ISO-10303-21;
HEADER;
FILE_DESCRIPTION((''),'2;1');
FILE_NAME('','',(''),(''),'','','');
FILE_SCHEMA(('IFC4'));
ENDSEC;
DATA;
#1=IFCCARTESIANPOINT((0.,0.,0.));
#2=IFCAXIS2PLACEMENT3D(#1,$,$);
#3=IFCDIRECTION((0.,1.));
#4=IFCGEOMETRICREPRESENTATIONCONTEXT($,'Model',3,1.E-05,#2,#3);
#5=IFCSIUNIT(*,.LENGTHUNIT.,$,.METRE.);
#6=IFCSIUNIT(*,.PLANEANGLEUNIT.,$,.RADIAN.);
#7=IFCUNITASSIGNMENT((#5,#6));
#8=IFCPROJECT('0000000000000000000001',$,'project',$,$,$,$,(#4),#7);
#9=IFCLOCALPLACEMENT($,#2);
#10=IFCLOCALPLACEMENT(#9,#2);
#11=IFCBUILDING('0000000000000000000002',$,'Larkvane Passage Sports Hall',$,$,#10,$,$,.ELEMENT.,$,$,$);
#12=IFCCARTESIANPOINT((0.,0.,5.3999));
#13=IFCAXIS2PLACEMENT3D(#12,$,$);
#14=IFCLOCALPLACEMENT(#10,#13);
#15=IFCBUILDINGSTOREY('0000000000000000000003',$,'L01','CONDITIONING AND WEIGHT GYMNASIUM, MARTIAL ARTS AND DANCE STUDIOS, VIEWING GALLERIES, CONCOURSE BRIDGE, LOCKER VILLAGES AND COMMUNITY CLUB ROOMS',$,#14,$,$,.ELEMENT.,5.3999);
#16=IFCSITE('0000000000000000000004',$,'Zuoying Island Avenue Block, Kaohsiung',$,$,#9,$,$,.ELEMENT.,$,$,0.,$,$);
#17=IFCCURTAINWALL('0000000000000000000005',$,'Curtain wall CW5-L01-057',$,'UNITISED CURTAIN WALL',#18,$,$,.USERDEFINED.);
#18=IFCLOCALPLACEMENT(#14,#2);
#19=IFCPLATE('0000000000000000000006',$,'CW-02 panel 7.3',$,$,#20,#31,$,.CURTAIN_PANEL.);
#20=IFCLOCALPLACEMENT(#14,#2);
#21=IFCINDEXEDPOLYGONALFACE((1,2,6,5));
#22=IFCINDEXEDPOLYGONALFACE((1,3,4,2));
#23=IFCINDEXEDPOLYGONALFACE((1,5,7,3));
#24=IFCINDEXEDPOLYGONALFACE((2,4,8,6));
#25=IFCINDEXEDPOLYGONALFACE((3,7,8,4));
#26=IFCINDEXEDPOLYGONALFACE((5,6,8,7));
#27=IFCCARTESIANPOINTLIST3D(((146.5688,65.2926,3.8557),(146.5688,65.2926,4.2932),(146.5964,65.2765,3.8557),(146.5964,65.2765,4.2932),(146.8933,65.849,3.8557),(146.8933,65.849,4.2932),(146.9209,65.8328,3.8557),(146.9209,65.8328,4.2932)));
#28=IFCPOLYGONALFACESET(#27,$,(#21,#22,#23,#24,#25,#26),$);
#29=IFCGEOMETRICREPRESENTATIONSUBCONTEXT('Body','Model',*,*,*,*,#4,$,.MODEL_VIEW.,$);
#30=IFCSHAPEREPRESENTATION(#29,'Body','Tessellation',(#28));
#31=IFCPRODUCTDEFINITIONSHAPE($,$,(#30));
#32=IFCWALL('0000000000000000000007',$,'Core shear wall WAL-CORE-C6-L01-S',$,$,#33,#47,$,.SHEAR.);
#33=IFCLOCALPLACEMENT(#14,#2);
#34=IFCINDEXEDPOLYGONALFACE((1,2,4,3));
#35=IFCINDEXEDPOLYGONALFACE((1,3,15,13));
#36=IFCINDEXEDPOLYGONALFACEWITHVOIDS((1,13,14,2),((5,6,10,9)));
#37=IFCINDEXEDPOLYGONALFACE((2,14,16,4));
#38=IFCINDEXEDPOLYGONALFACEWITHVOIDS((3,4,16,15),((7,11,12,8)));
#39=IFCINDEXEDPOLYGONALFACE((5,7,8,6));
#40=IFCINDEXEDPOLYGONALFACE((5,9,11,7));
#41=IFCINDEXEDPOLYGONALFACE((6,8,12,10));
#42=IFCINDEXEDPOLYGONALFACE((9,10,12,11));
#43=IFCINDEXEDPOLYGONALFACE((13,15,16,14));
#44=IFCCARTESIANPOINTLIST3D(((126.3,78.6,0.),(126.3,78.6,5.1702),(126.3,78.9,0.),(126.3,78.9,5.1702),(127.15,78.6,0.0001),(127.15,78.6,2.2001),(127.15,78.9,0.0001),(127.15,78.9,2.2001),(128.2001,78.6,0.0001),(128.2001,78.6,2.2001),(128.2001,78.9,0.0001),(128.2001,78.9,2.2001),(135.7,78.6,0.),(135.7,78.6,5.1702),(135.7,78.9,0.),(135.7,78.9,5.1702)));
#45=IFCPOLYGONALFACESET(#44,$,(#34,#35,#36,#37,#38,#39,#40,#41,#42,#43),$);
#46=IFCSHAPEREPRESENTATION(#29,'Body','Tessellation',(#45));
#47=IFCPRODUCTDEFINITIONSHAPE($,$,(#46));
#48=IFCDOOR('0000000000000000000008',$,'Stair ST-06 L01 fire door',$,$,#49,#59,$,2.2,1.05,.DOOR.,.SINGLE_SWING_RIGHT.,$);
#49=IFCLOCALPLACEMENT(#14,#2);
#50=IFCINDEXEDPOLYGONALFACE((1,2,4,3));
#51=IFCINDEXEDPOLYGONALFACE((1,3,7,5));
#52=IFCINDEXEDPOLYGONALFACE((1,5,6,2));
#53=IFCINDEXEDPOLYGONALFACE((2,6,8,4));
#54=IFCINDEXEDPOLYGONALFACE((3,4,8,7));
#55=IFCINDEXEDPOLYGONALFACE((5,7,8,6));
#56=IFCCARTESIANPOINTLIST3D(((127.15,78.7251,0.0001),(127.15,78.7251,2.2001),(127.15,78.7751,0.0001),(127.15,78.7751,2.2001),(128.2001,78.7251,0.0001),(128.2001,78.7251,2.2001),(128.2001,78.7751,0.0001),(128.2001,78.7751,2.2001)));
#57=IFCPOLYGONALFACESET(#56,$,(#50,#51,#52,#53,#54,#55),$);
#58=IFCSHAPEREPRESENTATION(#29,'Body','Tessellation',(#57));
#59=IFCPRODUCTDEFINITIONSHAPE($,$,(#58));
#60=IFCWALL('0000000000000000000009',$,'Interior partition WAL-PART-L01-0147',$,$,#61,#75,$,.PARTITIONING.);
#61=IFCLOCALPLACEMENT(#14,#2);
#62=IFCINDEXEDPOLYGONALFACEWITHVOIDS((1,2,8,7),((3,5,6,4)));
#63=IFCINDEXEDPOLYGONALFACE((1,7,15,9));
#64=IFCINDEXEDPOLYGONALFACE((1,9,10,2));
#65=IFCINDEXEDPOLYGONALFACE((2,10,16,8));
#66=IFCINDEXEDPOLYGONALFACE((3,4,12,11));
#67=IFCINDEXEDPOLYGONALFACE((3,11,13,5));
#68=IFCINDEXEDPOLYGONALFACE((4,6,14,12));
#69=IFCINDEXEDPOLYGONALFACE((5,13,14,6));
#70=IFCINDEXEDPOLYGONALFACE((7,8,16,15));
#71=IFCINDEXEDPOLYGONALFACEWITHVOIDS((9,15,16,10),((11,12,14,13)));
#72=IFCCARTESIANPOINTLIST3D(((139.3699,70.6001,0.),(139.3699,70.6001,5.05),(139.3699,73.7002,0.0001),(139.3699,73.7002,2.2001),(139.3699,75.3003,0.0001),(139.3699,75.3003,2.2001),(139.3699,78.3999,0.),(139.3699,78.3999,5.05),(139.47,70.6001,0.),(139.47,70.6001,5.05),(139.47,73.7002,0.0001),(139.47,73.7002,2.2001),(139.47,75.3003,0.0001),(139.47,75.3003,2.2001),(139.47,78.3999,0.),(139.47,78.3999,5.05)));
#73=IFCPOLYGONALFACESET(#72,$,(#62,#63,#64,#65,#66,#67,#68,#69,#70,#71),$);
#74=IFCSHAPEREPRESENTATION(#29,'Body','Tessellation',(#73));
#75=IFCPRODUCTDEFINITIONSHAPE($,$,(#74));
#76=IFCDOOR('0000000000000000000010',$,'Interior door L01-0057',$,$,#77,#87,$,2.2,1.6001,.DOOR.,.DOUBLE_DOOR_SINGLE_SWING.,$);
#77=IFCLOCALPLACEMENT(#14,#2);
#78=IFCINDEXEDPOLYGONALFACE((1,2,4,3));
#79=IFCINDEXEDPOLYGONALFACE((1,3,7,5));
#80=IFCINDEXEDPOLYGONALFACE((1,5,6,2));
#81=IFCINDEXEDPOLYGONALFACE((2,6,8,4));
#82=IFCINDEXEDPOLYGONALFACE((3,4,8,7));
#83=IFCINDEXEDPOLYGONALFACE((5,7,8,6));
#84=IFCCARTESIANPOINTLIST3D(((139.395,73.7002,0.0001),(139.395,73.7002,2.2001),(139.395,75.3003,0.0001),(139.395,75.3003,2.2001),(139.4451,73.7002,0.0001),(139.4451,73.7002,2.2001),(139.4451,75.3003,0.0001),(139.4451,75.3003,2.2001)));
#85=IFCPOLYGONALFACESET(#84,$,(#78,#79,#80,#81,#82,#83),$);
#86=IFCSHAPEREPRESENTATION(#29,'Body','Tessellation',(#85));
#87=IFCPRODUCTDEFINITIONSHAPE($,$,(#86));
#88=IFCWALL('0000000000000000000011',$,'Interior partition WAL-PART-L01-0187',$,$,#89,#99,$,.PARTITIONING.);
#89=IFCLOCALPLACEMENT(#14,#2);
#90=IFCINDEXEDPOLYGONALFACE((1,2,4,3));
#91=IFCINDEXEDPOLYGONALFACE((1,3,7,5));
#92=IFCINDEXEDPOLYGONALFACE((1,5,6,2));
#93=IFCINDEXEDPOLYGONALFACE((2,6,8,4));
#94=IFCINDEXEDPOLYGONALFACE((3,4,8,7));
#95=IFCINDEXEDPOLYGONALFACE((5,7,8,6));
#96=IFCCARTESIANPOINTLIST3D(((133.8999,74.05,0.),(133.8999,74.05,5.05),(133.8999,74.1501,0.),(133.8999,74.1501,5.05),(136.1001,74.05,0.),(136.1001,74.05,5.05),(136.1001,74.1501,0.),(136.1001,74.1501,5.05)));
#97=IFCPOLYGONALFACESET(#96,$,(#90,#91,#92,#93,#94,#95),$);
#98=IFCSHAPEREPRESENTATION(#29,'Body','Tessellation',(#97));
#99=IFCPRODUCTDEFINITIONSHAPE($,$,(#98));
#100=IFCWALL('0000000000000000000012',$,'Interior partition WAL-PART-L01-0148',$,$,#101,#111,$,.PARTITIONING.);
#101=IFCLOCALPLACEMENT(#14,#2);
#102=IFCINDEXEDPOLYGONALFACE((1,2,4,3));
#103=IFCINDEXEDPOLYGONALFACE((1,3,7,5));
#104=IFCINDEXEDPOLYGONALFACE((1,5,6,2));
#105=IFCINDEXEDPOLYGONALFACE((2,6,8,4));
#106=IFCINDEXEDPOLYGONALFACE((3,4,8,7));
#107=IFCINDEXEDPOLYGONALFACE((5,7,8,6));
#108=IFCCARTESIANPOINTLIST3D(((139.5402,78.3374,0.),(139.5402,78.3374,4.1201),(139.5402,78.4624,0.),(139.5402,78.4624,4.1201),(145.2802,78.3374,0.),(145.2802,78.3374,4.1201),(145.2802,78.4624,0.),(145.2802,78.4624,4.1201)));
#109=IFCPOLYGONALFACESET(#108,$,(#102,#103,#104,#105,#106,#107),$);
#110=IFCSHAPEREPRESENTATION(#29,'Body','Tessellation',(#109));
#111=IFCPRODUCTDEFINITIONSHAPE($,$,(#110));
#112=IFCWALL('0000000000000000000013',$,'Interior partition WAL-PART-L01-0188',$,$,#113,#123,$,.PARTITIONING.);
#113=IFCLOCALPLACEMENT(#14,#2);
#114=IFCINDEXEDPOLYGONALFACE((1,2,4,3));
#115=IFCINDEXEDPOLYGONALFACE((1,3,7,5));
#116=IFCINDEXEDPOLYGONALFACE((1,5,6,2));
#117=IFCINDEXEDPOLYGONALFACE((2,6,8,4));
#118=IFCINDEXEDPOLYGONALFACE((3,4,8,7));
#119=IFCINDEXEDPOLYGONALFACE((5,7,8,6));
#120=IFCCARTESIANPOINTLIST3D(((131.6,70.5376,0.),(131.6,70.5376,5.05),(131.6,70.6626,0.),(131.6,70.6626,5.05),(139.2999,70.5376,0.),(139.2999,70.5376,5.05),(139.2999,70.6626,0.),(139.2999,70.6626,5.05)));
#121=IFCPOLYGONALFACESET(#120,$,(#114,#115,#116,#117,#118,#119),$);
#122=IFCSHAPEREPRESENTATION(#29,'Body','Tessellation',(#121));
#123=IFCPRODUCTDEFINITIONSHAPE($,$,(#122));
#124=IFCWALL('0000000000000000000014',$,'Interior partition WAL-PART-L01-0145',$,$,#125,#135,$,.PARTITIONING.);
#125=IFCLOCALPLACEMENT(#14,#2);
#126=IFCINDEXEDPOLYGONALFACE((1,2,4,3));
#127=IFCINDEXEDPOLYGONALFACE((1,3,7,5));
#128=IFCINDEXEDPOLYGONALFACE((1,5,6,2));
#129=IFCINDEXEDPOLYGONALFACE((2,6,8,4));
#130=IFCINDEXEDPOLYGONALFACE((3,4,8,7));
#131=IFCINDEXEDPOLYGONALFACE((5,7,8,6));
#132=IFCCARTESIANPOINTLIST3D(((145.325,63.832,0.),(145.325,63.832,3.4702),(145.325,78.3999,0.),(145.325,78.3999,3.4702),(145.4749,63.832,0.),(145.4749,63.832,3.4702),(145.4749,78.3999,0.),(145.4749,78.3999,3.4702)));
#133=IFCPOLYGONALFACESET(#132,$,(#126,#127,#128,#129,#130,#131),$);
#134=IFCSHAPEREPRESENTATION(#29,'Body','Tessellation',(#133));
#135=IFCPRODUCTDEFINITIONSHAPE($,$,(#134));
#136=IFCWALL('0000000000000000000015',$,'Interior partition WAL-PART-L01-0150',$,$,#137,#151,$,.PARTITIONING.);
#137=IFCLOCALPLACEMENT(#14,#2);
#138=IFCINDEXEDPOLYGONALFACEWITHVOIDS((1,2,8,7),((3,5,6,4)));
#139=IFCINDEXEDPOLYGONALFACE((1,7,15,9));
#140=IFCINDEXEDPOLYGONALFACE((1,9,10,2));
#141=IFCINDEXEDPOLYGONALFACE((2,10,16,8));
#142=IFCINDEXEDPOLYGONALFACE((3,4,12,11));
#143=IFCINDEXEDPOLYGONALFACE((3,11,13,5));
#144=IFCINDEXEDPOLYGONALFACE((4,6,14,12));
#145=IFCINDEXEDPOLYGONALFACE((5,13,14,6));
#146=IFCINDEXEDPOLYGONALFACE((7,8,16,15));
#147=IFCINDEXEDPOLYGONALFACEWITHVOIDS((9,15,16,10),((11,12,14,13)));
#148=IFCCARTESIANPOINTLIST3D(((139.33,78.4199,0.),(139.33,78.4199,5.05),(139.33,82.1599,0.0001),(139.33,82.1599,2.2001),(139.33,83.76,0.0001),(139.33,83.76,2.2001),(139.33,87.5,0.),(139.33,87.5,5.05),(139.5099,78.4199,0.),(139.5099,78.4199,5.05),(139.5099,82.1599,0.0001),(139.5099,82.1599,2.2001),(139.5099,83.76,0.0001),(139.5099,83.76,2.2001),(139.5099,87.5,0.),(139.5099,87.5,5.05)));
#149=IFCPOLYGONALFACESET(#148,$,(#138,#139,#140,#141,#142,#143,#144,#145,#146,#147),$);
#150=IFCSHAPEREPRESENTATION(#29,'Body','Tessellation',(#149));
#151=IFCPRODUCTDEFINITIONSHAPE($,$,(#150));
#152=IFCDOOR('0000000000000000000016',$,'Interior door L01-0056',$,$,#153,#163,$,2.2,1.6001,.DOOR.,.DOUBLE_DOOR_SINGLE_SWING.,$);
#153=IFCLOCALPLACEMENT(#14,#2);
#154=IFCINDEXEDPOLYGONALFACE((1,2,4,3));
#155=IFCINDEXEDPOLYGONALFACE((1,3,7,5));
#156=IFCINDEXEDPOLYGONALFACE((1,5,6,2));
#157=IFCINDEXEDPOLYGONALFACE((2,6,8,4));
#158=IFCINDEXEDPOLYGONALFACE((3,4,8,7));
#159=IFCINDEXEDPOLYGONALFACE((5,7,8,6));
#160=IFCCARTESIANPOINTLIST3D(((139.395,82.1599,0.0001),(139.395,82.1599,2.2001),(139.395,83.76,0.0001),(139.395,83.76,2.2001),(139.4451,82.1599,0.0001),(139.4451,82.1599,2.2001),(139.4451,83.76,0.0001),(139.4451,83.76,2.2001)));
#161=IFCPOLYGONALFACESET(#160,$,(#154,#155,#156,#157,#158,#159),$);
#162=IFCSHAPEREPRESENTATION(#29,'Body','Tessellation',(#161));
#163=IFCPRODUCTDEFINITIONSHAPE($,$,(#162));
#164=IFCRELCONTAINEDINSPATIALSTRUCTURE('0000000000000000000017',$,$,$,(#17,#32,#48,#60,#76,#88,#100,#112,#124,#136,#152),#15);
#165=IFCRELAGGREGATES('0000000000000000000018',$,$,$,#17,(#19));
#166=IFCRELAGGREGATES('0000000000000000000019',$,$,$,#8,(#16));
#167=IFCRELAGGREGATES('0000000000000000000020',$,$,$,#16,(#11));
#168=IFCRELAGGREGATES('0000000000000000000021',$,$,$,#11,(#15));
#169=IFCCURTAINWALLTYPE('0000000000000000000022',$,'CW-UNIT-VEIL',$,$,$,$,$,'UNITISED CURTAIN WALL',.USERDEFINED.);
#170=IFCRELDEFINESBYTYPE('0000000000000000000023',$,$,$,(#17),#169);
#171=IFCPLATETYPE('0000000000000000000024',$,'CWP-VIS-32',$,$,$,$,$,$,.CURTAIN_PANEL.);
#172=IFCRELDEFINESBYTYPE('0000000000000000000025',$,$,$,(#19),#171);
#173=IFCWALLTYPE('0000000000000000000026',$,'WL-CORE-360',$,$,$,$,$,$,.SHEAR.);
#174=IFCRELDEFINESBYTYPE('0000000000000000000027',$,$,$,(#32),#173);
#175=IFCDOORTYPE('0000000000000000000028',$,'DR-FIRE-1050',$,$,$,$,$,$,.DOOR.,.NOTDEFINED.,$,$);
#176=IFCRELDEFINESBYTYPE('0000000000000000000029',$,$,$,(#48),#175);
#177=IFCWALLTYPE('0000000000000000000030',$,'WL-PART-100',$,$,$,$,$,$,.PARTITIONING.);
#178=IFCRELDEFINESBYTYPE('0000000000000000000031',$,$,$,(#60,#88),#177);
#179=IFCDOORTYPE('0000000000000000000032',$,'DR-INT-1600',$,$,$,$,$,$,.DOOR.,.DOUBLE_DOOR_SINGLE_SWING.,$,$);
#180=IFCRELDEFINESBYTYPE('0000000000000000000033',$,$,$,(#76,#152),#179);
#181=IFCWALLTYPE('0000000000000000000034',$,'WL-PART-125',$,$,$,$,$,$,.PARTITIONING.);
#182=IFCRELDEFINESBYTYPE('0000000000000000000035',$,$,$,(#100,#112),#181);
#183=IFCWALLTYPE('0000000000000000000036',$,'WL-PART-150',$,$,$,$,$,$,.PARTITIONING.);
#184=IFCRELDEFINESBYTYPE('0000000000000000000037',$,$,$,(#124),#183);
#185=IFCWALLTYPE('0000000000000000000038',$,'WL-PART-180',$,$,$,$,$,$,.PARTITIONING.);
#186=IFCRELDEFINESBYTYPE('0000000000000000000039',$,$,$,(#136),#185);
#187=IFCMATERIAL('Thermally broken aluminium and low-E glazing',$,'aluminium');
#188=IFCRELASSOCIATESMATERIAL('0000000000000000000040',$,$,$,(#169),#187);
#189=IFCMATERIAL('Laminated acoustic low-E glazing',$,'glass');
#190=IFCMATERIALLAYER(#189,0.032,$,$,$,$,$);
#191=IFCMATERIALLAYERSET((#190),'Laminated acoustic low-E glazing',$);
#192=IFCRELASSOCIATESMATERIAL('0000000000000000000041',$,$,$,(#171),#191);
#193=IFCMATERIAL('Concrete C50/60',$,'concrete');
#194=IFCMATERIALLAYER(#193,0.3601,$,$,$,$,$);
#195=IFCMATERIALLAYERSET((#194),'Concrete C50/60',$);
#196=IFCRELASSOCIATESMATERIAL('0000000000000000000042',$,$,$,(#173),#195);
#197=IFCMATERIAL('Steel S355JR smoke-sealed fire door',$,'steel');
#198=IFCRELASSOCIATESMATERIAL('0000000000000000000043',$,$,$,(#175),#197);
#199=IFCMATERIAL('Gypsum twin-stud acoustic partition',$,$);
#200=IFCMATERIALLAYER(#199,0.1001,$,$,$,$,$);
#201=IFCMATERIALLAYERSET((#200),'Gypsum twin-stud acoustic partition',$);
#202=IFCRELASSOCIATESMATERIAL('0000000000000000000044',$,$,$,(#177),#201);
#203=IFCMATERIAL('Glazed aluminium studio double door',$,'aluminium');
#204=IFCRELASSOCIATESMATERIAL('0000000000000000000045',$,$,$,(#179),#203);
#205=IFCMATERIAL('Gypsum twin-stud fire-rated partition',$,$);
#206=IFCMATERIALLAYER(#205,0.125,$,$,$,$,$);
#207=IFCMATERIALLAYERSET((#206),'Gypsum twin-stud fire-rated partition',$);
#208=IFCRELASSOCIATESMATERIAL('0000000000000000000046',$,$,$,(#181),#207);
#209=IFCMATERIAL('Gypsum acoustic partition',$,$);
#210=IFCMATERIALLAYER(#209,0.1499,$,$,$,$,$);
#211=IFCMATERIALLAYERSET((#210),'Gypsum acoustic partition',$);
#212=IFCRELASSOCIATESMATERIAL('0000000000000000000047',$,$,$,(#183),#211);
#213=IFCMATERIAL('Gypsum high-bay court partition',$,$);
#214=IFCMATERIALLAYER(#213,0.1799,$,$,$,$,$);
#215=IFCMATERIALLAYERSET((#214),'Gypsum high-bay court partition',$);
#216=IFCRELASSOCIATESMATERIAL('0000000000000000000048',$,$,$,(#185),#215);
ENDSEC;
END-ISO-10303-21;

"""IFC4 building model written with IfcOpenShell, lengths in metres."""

from ifc_helpers import new_model, si_unit, direction, frame, frame_2d, origin, origin_2d, place, context, subcontext, project, spatial, rectangle, extrude, material, layer, layer_set, type_object, element, fill, aggregate, save


model = new_model("IFC4")

# Units and contexts
model_context = context("Model", 3, precision=1e-05, world=origin(), true_north=direction((0.0, 1.0)))
body_context = subcontext(model_context, "Body", "Model", "MODEL_VIEW")
ifc_project = project(units=[si_unit("LENGTHUNIT", "METRE"), si_unit("PLANEANGLEUNIT", "RADIAN")], contexts=[model_context])

# Site, building, storey
site_placement = place(None, origin())
site = spatial("IfcSite", under=ifc_project, at=site_placement, Name="Zuoying Island Avenue Block, Kaohsiung", CompositionType="ELEMENT", RefElevation=0.0)
building_placement = place(site_placement, origin())
building = spatial("IfcBuilding", under=site, at=building_placement, Name="Larkvane Passage Sports Hall", CompositionType="ELEMENT")
storey_placement = place(building_placement, frame((0.0, 0.0, 5.3999)))
storey = spatial("IfcBuildingStorey", under=building, at=storey_placement, Name="L01", Description="CONDITIONING AND WEIGHT GYMNASIUM, MARTIAL ARTS AND DANCE STUDIOS, VIEWING GALLERIES, CONCOURSE BRIDGE, LOCKER VILLAGES AND COMMUNITY CLUB ROOMS", CompositionType="ELEMENT", Elevation=5.3999)

# Curtain wall
ifc_material_1 = material(Name="Thermally broken aluminium and low-E glazing", Category="aluminium")
curtain_wall_type = type_object("IfcCurtainWallType", Name="CW-UNIT-VEIL", ElementType="UNITISED CURTAIN WALL", PredefinedType="USERDEFINED", material=ifc_material_1)
curtain_wall_placement = place(storey_placement, origin())
curtain_wall = element("IfcCurtainWall", 1, at=curtain_wall_placement, inside=storey, type_object=curtain_wall_type, Name="Curtain wall CW5-L01-057", ObjectType="UNITISED CURTAIN WALL", PredefinedType="USERDEFINED")

# Plate
ifc_material_2 = material(Name="Laminated acoustic low-E glazing", Category="glass")
ifc_layer_1 = layer(ifc_material_2, 0.032)
ifc_layer_set_1 = layer_set([ifc_layer_1], Name="Laminated acoustic low-E glazing")
plate_type_1 = type_object("IfcPlateType", Name="CWP-VIS-32", PredefinedType="CURTAIN_PANEL", material=ifc_layer_set_1)
plate_1_placement = place(storey_placement, frame((146.7449, 65.5627, 3.8557), z_axis=(0.0, 0.0, 1.0), x_axis=(-0.503867, -0.863781, 0.0)))
plate_1 = element("IfcPlate", 2, at=plate_1_placement, type_object=plate_type_1, Name="CW-02 panel 7.3", PredefinedType="CURTAIN_PANEL", context=body_context, shape_type="SweptSolid", body=[
    extrude(rectangle(XDim=0.644, YDim=0.032, at=origin_2d()), origin(), (0.0, 0.0, 1.0), 0.4375),
])
aggregate(curtain_wall, [plate_1])

# Walls, openings, doors
ifc_material_3 = material(Name="Concrete C50/60", Category="concrete")
ifc_layer_2 = layer(ifc_material_3, 0.3601)
ifc_layer_set_2 = layer_set([ifc_layer_2], Name="Concrete C50/60")
wall_type_1 = type_object("IfcWallType", Name="WL-CORE-360", PredefinedType="SHEAR", material=ifc_layer_set_2)
wall_1_placement = place(storey_placement, frame((135.7, 78.75, 0.0), z_axis=(0.0, 0.0, 1.0), x_axis=(-1.0, 0.0, 0.0)))
wall_1 = element("IfcWall", 3, at=wall_1_placement, inside=storey, type_object=wall_type_1, Name="Core shear wall WAL-CORE-C6-L01-S", PredefinedType="SHEAR", context=body_context, shape_type="SweptSolid", body=[
    extrude(rectangle(XDim=9.3999, YDim=0.3, at=frame_2d((4.7, 0.0))), origin(), (0.0, 0.0, 1.0), 5.1702),
])
opening_1_placement = place(wall_1_placement, frame((7.5, 0.0, 0.0)))
opening_1 = element("IfcOpeningElement", 4, at=opening_1_placement, cuts=wall_1, PredefinedType="OPENING", context=body_context, shape_type="SweptSolid", body=[
    extrude(rectangle(XDim=1.05, YDim=2.2, at=frame_2d((0.5249, 1.1001))), frame((0.0, 0.1599, 0.0), z_axis=(0.0, -1.0, 0.0), x_axis=(1.0, 0.0, 0.0)), (0.0, 0.0, 1.0), 0.3201),
])
ifc_material_4 = material(Name="Steel S355JR smoke-sealed fire door", Category="steel")
door_type_1 = type_object("IfcDoorType", Name="DR-FIRE-1050", OperationType="NOTDEFINED", PredefinedType="DOOR", material=ifc_material_4)
door_1_placement = place(opening_1_placement, origin())
door_1 = element("IfcDoor", 5, at=door_1_placement, inside=storey, type_object=door_type_1, Name="Stair ST-06 L01 fire door", OperationType="SINGLE_SWING_RIGHT", OverallHeight=2.2, OverallWidth=1.05, PredefinedType="DOOR", context=body_context, shape_type="SweptSolid", body=[
    extrude(rectangle(XDim=1.05, YDim=2.2, at=frame_2d((0.5249, 1.1001))), frame((0.0, 0.0249, 0.0), z_axis=(0.0, -1.0, 0.0), x_axis=(1.0, 0.0, 0.0)), (0.0, 0.0, 1.0), 0.05),
])
fill(opening_1, door_1)
ifc_material_5 = material(Name="Gypsum twin-stud acoustic partition")
ifc_layer_3 = layer(ifc_material_5, 0.1001)
ifc_layer_set_3 = layer_set([ifc_layer_3], Name="Gypsum twin-stud acoustic partition")
wall_type_2 = type_object("IfcWallType", Name="WL-PART-100", PredefinedType="PARTITIONING", material=ifc_layer_set_3)
wall_2_placement = place(storey_placement, frame((139.4199, 70.6001, 0.0), z_axis=(0.0, 0.0, 1.0), x_axis=(0.0, 1.0, 0.0)))
wall_2 = element("IfcWall", 6, at=wall_2_placement, inside=storey, type_object=wall_type_2, Name="Interior partition WAL-PART-L01-0147", PredefinedType="PARTITIONING", context=body_context, shape_type="SweptSolid", body=[
    extrude(rectangle(XDim=7.7998, YDim=0.1001, at=frame_2d((3.8999, 0.0))), origin(), (0.0, 0.0, 1.0), 5.05),
])
opening_2_placement = place(wall_2_placement, frame((3.1001, 0.0, 0.0)))
opening_2 = element("IfcOpeningElement", 7, at=opening_2_placement, cuts=wall_2, PredefinedType="OPENING", context=body_context, shape_type="SweptSolid", body=[
    extrude(rectangle(XDim=1.6001, YDim=2.2, at=frame_2d((0.8, 1.1001))), frame((0.0, 0.0601, 0.0), z_axis=(0.0, -1.0, 0.0), x_axis=(1.0, 0.0, 0.0)), (0.0, 0.0, 1.0), 0.1201),
])
ifc_material_6 = material(Name="Glazed aluminium studio double door", Category="aluminium")
door_type_2 = type_object("IfcDoorType", Name="DR-INT-1600", OperationType="DOUBLE_DOOR_SINGLE_SWING", PredefinedType="DOOR", material=ifc_material_6)
door_2_placement = place(opening_2_placement, origin())
door_2 = element("IfcDoor", 8, at=door_2_placement, inside=storey, type_object=door_type_2, Name="Interior door L01-0057", OperationType="DOUBLE_DOOR_SINGLE_SWING", OverallHeight=2.2, OverallWidth=1.6001, PredefinedType="DOOR", context=body_context, shape_type="SweptSolid", body=[
    extrude(rectangle(XDim=1.6001, YDim=2.2, at=frame_2d((0.8, 1.1001))), frame((0.0, 0.0249, 0.0), z_axis=(0.0, -1.0, 0.0), x_axis=(1.0, 0.0, 0.0)), (0.0, 0.0, 1.0), 0.05),
])
fill(opening_2, door_2)

# Walls
wall_3_placement = place(storey_placement, frame((133.8999, 74.1001, 0.0), z_axis=(0.0, 0.0, 1.0), x_axis=(1.0, 0.0, 0.0)))
element("IfcWall", 9, at=wall_3_placement, inside=storey, type_object=wall_type_2, Name="Interior partition WAL-PART-L01-0187", PredefinedType="PARTITIONING", context=body_context, shape_type="SweptSolid", body=[
    extrude(rectangle(XDim=2.2002, YDim=0.1001, at=frame_2d((1.1001, 0.0))), origin(), (0.0, 0.0, 1.0), 5.05),
])
ifc_material_7 = material(Name="Gypsum twin-stud fire-rated partition")
ifc_layer_4 = layer(ifc_material_7, 0.125)
ifc_layer_set_4 = layer_set([ifc_layer_4], Name="Gypsum twin-stud fire-rated partition")
wall_type_3 = type_object("IfcWallType", Name="WL-PART-125", PredefinedType="PARTITIONING", material=ifc_layer_set_4)
wall_4_placement = place(storey_placement, frame((139.54, 78.3999, 0.0), z_axis=(0.0, 0.0, 1.0), x_axis=(1.0, 0.0, 0.0)))
element("IfcWall", 10, at=wall_4_placement, inside=storey, type_object=wall_type_3, Name="Interior partition WAL-PART-L01-0148", PredefinedType="PARTITIONING", context=body_context, shape_type="SweptSolid", body=[
    extrude(rectangle(XDim=5.74, YDim=0.125, at=frame_2d((2.8701, 0.0))), origin(), (0.0, 0.0, 1.0), 4.1201),
])
wall_5_placement = place(storey_placement, frame((139.3, 70.6001, 0.0), z_axis=(0.0, 0.0, 1.0), x_axis=(-1.0, 0.0, 0.0)))
element("IfcWall", 11, at=wall_5_placement, inside=storey, type_object=wall_type_3, Name="Interior partition WAL-PART-L01-0188", PredefinedType="PARTITIONING", context=body_context, shape_type="SweptSolid", body=[
    extrude(rectangle(XDim=7.7, YDim=0.125, at=frame_2d((3.8501, 0.0))), origin(), (0.0, 0.0, 1.0), 5.05),
])
ifc_material_8 = material(Name="Gypsum acoustic partition")
ifc_layer_5 = layer(ifc_material_8, 0.1499)
ifc_layer_set_5 = layer_set([ifc_layer_5], Name="Gypsum acoustic partition")
wall_type_4 = type_object("IfcWallType", Name="WL-PART-150", PredefinedType="PARTITIONING", material=ifc_layer_set_5)
wall_6_placement = place(storey_placement, frame((145.3999, 78.3999, 0.0), z_axis=(0.0, 0.0, 1.0), x_axis=(0.0, -1.0, 0.0)))
element("IfcWall", 12, at=wall_6_placement, inside=storey, type_object=wall_type_4, Name="Interior partition WAL-PART-L01-0145", PredefinedType="PARTITIONING", context=body_context, shape_type="SweptSolid", body=[
    extrude(rectangle(XDim=14.5679, YDim=0.1499, at=frame_2d((7.2839, 0.0))), origin(), (0.0, 0.0, 1.0), 3.4702),
])

# Wall, opening, door
ifc_material_9 = material(Name="Gypsum high-bay court partition")
ifc_layer_6 = layer(ifc_material_9, 0.1799)
ifc_layer_set_6 = layer_set([ifc_layer_6], Name="Gypsum high-bay court partition")
wall_type_5 = type_object("IfcWallType", Name="WL-PART-180", PredefinedType="PARTITIONING", material=ifc_layer_set_6)
wall_7_placement = place(storey_placement, frame((139.4199, 78.4199, 0.0), z_axis=(0.0, 0.0, 1.0), x_axis=(0.0, 1.0, 0.0)))
wall_7 = element("IfcWall", 13, at=wall_7_placement, inside=storey, type_object=wall_type_5, Name="Interior partition WAL-PART-L01-0150", PredefinedType="PARTITIONING", context=body_context, shape_type="SweptSolid", body=[
    extrude(rectangle(XDim=9.0801, YDim=0.1799, at=frame_2d((4.54, 0.0))), origin(), (0.0, 0.0, 1.0), 5.05),
])
opening_3_placement = place(wall_7_placement, frame((3.74, 0.0, 0.0)))
opening_3 = element("IfcOpeningElement", 14, at=opening_3_placement, cuts=wall_7, PredefinedType="OPENING", context=body_context, shape_type="SweptSolid", body=[
    extrude(rectangle(XDim=1.6001, YDim=2.2, at=frame_2d((0.8, 1.1001))), frame((0.0, 0.0999, 0.0), z_axis=(0.0, -1.0, 0.0), x_axis=(1.0, 0.0, 0.0)), (0.0, 0.0, 1.0), 0.2),
])
door_3_placement = place(opening_3_placement, origin())
door_3 = element("IfcDoor", 15, at=door_3_placement, inside=storey, type_object=door_type_2, Name="Interior door L01-0056", OperationType="DOUBLE_DOOR_SINGLE_SWING", OverallHeight=2.2, OverallWidth=1.6001, PredefinedType="DOOR", context=body_context, shape_type="SweptSolid", body=[
    extrude(rectangle(XDim=1.6001, YDim=2.2, at=frame_2d((0.8, 1.1001))), frame((0.0, 0.0249, 0.0), z_axis=(0.0, -1.0, 0.0), x_axis=(1.0, 0.0, 0.0)), (0.0, 0.0, 1.0), 0.05),
])
fill(opening_3, door_3)

save(model, "model.ifc")
